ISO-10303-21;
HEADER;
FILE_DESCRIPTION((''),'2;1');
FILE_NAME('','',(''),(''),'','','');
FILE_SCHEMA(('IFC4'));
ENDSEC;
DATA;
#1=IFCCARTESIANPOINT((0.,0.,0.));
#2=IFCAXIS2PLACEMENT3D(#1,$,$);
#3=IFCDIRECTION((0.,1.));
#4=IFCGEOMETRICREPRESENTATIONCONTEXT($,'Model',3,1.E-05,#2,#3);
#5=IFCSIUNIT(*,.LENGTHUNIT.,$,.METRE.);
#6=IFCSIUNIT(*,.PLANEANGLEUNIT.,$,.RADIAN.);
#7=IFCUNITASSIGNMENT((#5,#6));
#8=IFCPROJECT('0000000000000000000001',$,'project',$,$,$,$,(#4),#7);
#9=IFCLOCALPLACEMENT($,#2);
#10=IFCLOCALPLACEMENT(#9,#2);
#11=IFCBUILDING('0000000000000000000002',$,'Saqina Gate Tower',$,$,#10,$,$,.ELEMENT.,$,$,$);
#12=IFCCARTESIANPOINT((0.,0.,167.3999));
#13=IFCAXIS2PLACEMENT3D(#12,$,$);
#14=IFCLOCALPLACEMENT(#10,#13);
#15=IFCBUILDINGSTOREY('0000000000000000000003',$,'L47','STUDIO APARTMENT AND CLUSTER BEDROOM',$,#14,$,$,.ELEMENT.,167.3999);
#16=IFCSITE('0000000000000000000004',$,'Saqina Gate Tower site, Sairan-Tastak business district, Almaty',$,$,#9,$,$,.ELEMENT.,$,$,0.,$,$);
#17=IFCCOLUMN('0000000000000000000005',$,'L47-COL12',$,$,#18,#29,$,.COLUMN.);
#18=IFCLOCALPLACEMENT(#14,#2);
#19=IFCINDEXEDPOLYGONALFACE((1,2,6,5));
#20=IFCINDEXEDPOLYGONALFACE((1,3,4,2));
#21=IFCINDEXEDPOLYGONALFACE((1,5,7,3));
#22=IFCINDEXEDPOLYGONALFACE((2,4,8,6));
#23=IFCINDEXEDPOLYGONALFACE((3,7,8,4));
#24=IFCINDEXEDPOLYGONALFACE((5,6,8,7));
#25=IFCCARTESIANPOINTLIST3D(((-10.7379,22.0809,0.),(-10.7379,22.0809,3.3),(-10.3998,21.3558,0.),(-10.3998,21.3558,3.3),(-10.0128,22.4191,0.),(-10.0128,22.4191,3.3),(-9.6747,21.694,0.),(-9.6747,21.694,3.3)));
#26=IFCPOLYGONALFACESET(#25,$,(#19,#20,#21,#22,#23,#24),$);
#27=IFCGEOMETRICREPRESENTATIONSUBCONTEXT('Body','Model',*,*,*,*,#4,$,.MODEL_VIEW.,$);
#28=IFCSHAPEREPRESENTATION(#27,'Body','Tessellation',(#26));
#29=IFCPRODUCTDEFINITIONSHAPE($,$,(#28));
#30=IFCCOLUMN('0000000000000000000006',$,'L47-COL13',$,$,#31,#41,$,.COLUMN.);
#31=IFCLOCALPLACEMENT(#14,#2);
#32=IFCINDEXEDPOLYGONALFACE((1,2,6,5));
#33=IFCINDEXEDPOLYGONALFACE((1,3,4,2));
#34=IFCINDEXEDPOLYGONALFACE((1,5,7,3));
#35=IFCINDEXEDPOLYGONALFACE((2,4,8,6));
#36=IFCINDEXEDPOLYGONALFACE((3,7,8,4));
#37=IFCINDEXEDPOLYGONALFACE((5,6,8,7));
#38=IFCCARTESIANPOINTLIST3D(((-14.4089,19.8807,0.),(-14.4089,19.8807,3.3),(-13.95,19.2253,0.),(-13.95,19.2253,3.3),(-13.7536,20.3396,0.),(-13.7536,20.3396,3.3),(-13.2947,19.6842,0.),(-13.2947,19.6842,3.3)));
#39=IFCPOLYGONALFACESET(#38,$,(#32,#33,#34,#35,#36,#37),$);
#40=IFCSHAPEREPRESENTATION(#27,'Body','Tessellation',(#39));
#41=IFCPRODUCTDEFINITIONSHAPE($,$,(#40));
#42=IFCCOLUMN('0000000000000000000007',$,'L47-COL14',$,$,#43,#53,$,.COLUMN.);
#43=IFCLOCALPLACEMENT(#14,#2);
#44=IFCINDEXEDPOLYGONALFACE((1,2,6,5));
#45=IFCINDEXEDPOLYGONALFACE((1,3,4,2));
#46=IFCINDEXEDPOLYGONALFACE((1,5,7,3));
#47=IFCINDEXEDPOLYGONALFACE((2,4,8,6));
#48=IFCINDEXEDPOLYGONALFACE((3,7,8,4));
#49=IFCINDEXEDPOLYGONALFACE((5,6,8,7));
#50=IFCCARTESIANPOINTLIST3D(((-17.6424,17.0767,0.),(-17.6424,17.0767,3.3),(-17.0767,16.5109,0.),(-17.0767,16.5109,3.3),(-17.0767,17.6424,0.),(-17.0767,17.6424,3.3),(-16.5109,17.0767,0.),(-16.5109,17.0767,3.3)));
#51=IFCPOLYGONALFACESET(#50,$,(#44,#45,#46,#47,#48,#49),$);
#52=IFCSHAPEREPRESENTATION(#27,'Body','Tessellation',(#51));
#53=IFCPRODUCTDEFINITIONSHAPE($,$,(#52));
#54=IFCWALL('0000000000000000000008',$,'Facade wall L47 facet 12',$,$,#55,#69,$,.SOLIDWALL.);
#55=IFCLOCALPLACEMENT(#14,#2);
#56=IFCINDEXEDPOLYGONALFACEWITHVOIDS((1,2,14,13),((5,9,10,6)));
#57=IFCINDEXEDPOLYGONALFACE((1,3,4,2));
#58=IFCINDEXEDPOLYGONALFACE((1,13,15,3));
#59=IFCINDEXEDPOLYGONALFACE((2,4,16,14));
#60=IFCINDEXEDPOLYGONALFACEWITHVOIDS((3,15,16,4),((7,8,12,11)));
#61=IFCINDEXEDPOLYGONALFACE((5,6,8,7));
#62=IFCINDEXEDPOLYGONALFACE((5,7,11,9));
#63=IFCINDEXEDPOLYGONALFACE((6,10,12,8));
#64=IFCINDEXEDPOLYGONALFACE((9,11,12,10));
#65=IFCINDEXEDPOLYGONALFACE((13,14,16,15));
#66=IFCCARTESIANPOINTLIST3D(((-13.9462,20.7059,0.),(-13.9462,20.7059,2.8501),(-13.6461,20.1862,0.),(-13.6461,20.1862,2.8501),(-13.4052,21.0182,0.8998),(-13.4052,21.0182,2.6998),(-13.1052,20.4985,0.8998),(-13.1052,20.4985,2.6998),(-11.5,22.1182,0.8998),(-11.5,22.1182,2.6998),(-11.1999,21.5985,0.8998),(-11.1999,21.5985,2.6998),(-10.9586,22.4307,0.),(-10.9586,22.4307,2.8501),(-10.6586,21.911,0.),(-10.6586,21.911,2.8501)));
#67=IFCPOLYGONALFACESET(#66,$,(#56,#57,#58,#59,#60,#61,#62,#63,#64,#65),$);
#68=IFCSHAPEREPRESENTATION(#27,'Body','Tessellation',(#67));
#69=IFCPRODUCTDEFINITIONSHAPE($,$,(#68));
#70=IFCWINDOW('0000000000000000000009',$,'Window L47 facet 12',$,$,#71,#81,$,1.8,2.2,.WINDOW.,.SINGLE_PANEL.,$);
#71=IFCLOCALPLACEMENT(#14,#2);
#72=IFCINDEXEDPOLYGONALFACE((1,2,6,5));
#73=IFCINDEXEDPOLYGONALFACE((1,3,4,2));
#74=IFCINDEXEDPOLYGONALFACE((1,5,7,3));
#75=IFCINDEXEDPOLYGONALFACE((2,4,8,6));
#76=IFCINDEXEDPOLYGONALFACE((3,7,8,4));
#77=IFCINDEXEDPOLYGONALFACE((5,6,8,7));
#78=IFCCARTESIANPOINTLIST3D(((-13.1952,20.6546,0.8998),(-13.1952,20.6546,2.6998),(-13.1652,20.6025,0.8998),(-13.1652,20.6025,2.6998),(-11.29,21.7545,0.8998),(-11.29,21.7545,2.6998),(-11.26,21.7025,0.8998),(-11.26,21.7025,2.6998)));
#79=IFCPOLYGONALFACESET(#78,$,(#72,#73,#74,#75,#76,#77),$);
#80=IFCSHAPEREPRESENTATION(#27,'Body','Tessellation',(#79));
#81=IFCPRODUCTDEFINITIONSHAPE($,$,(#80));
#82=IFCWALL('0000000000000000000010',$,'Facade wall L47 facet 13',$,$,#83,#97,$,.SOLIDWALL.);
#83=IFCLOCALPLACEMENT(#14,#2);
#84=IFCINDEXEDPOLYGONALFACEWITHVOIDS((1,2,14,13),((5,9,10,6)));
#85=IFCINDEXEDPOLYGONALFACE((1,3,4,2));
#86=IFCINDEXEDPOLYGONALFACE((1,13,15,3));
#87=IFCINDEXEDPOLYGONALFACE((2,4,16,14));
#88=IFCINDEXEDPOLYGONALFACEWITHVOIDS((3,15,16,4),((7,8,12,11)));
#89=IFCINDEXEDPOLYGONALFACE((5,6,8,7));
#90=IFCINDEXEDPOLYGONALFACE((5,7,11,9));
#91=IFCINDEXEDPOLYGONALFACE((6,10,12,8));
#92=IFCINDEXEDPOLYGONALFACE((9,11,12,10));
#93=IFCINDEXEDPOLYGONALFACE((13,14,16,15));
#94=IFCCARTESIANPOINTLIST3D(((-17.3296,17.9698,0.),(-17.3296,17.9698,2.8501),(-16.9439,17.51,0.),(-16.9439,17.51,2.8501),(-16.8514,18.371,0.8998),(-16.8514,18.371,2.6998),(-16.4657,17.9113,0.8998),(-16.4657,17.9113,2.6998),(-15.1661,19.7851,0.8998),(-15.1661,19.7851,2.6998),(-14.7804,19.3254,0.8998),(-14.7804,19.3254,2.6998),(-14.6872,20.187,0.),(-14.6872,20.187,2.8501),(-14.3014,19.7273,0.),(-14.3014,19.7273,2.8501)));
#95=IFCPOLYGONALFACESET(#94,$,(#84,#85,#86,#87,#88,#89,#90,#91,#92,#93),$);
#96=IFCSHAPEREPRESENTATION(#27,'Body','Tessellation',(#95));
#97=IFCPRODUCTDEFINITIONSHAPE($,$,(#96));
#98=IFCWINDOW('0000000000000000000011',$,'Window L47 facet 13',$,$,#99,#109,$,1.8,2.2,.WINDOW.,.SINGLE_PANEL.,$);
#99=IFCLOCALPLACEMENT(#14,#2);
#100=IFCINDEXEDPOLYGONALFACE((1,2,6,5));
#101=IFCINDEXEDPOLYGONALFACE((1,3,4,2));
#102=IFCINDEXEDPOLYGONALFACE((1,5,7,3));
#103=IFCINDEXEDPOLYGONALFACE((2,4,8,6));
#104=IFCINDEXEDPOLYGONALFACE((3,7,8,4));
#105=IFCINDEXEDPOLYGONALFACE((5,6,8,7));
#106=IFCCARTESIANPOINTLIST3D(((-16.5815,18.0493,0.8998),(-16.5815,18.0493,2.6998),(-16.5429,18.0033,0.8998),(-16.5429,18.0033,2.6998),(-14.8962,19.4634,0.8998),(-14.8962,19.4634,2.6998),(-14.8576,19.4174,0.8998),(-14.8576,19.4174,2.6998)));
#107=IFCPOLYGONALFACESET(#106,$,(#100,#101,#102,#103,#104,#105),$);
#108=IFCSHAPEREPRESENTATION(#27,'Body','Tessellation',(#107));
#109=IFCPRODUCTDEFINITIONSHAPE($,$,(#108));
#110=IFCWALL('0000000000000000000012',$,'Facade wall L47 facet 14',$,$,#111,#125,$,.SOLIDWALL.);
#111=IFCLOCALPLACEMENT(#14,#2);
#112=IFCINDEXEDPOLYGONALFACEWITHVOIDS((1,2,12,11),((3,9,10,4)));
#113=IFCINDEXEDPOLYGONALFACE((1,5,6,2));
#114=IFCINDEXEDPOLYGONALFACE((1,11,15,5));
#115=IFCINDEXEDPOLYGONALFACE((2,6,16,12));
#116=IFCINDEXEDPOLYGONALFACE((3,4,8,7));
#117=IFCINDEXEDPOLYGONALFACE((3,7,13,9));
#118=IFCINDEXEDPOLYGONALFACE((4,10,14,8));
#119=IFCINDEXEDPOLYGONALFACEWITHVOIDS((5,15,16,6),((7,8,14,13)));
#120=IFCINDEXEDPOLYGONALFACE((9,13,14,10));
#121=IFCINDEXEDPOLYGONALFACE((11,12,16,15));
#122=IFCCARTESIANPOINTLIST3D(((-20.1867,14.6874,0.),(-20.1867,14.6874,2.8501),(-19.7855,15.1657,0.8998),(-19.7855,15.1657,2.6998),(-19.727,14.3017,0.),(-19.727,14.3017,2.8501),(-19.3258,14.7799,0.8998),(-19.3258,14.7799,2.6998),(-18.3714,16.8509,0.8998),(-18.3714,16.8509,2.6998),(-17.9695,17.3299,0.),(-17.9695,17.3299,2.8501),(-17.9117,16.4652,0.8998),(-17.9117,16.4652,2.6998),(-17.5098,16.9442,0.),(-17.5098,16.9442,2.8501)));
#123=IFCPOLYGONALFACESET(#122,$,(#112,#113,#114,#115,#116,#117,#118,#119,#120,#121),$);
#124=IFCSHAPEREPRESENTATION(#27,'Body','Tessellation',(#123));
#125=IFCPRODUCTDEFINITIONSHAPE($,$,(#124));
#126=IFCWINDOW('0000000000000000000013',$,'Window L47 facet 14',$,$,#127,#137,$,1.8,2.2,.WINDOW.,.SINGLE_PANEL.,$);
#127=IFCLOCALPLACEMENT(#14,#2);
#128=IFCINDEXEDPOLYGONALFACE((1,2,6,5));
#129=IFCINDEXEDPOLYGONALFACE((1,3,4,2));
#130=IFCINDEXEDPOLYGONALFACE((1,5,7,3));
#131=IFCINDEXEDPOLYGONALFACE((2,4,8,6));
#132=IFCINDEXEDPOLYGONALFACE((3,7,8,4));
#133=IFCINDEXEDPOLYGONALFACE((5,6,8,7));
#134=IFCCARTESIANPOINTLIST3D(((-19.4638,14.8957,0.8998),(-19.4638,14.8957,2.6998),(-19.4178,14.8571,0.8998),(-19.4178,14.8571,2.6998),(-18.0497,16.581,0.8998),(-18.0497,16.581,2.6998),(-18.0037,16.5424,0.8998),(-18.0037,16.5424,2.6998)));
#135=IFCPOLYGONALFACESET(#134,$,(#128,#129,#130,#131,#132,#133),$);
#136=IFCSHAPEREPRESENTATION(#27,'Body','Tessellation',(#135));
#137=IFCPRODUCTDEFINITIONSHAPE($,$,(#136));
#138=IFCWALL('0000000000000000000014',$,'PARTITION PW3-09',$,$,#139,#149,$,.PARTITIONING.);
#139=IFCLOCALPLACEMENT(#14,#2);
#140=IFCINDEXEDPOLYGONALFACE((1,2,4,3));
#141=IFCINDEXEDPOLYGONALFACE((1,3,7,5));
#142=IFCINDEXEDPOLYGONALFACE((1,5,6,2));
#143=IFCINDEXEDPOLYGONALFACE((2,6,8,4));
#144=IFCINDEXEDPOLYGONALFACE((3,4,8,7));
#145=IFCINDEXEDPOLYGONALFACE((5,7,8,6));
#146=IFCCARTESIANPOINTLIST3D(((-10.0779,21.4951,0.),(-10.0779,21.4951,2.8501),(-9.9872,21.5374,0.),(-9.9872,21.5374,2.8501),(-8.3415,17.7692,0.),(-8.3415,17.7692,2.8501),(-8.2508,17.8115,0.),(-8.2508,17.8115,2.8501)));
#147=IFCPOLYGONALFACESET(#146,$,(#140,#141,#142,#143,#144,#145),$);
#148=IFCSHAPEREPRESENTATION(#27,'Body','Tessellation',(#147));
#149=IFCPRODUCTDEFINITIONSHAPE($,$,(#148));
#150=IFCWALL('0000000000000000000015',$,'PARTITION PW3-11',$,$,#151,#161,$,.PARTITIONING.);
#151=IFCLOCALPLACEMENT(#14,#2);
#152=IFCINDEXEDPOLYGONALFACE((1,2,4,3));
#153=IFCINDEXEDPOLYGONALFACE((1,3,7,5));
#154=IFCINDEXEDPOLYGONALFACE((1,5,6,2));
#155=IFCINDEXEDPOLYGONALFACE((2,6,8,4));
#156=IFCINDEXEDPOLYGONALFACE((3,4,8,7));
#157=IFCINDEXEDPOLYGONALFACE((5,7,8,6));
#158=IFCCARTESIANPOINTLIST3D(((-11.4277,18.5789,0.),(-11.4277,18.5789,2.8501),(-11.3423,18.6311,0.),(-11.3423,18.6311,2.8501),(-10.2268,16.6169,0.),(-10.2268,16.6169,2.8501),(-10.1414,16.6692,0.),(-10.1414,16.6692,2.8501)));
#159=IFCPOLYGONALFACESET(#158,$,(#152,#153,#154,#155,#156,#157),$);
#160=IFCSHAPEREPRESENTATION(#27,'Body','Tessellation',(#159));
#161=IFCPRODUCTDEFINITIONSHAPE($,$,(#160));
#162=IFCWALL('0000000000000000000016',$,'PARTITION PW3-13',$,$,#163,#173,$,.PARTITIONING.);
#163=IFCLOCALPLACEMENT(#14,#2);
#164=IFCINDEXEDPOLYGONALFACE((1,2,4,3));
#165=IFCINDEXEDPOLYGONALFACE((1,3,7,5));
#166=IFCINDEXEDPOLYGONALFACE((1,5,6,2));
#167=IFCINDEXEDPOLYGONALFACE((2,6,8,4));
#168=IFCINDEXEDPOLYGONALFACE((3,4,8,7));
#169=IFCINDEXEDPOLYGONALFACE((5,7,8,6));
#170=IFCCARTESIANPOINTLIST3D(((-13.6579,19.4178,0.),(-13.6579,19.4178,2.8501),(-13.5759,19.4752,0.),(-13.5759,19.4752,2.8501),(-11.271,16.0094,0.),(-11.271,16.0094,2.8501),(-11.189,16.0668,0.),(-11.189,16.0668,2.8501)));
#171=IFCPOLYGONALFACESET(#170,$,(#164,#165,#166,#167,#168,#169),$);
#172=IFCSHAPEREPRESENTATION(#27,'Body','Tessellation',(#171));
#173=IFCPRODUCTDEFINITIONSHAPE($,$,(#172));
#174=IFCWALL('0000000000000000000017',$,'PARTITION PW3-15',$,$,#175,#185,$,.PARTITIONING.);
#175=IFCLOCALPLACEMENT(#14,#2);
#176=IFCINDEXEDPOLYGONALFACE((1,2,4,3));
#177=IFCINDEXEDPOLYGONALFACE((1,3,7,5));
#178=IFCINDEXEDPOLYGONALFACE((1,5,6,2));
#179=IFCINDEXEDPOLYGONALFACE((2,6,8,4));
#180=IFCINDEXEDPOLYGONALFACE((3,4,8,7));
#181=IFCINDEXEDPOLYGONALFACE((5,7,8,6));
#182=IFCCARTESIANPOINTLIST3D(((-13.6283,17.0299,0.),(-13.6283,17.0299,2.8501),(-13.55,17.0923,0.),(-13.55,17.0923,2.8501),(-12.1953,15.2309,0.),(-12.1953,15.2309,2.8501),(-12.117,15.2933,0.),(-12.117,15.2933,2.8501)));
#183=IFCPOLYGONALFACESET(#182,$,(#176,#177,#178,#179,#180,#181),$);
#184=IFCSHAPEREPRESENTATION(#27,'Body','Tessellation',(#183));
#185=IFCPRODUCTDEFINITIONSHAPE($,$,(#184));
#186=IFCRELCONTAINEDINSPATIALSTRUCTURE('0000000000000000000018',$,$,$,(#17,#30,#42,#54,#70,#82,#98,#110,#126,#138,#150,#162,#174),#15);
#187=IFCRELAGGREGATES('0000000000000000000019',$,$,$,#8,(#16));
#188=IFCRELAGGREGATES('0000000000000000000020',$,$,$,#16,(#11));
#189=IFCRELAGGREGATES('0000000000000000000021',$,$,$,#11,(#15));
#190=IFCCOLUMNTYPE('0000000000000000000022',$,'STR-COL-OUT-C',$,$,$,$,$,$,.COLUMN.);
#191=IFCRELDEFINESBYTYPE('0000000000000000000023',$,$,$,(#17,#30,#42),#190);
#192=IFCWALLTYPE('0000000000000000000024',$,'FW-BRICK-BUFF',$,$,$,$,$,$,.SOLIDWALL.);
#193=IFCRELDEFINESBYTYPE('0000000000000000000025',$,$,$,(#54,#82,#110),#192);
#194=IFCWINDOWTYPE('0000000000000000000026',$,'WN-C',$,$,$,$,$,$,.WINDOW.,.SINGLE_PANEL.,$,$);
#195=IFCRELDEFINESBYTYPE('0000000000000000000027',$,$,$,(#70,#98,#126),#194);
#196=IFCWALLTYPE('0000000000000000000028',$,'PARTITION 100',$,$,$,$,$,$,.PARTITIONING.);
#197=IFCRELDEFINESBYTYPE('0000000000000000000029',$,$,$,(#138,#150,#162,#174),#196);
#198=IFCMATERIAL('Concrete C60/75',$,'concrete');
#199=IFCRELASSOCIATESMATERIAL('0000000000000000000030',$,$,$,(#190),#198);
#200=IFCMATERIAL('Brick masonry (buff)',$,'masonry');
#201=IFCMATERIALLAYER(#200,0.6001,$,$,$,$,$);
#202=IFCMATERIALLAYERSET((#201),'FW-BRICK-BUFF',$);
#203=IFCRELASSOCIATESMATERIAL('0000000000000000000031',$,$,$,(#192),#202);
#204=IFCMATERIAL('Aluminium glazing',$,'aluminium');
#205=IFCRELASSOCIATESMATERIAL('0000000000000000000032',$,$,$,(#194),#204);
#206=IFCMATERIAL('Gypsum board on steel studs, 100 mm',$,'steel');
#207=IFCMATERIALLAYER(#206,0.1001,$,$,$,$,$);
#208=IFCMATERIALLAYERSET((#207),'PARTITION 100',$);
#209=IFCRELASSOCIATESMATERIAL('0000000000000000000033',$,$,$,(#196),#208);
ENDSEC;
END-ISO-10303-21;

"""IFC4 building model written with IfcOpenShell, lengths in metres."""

from ifc_helpers import new_model, si_unit, direction, frame, frame_2d, origin, origin_2d, place, context, subcontext, project, spatial, rectangle, extrude, material, layer, layer_set, material_profile, profile_set, type_object, element, fill, save


model = new_model("IFC4")

# Units and contexts
model_context = context("Model", 3, precision=1e-05, world=origin(), true_north=direction((0.0, 1.0)))
body_context = subcontext(model_context, "Body", "Model", "MODEL_VIEW")
ifc_project = project(units=[si_unit("LENGTHUNIT", "METRE"), si_unit("PLANEANGLEUNIT", "RADIAN")], contexts=[model_context])

# Site, building, storey
site_placement = place(None, origin())
site = spatial("IfcSite", under=ifc_project, at=site_placement, Name="Saqina Gate Tower site, Sairan-Tastak business district, Almaty", CompositionType="ELEMENT", RefElevation=0.0)
building_placement = place(site_placement, origin())
building = spatial("IfcBuilding", under=site, at=building_placement, Name="Saqina Gate Tower", CompositionType="ELEMENT")
storey_placement = place(building_placement, frame((0.0, 0.0, 167.3999)))
storey = spatial("IfcBuildingStorey", under=building, at=storey_placement, Name="L47", Description="STUDIO APARTMENT AND CLUSTER BEDROOM", CompositionType="ELEMENT", Elevation=167.3999)

# Columns
ifc_material_1 = material(Name="Concrete C60/75", Category="concrete")
ifc_material_profile = material_profile(ifc_material_1, rectangle(XDim=0.8, YDim=0.8, at=origin_2d()), Name="RC 800x800")
ifc_profile_set = profile_set([ifc_material_profile], Name="Concrete C60/75")
column_type = type_object("IfcColumnType", Name="STR-COL-OUT-C", PredefinedType="COLUMN", material=ifc_profile_set)
for number, where, z_axis, x_axis, name in (
    (1, (-10.2063, 21.8875, 0.0), (0.0, 0.0, 1.0), (-0.422618, 0.906308, 0.0), "L47-COL12"),
    (2, (-13.8518, 19.7825, 0.0), (0.0, 0.0, 1.0), (-0.573576, 0.819152, 0.0), "L47-COL13"),
    (3, (-17.0767, 17.0767, 0.0), (0.0, 0.0, 1.0), (-0.707107, 0.707107, 0.0), "L47-COL14"),
):
    element("IfcColumn", number, at=place(storey_placement, frame(where, z_axis=z_axis, x_axis=x_axis)), inside=storey, type_object=column_type, Name=name, PredefinedType="COLUMN", context=body_context, shape_type="SweptSolid", body=[
        extrude(rectangle(XDim=0.8, YDim=0.8, at=origin_2d()), origin(), (0.0, 0.0, 1.0), 3.3),
    ])

# Walls, openings, windows
ifc_material_2 = material(Name="Brick masonry (buff)", Category="masonry")
ifc_layer_1 = layer(ifc_material_2, 0.6001)
ifc_layer_set_1 = layer_set([ifc_layer_1], Name="FW-BRICK-BUFF")
wall_type_1 = type_object("IfcWallType", Name="FW-BRICK-BUFF", PredefinedType="SOLIDWALL", material=ifc_layer_set_1)
wall_1_placement = place(storey_placement, frame((-10.8086, 22.1709, 0.0), z_axis=(0.0, 0.0, 1.0), x_axis=(-0.866026, -0.499998, 0.0)))
wall_1 = element("IfcWall", 4, at=wall_1_placement, inside=storey, type_object=wall_type_1, Name="Facade wall L47 facet 12", PredefinedType="SOLIDWALL", context=body_context, shape_type="SweptSolid", body=[
    extrude(rectangle(XDim=3.4497, YDim=0.6001, at=frame_2d((1.7249, 0.0))), origin(), (0.0, 0.0, 1.0), 2.8501),
])
opening_1_placement = place(wall_1_placement, frame((0.625, 0.0, 0.8999)))
opening_1 = element("IfcOpeningElement", 5, at=opening_1_placement, cuts=wall_1, PredefinedType="OPENING", context=body_context, shape_type="SweptSolid", body=[
    extrude(rectangle(XDim=2.2, YDim=1.8, at=frame_2d((1.1001, 0.8999))), frame((0.0, 0.312, 0.0), z_axis=(0.0, -1.0, 0.0), x_axis=(1.0, 0.0, 0.0)), (0.0, 0.0, 1.0), 0.624),
])
ifc_material_3 = material(Name="Aluminium glazing", Category="aluminium")
window_type = type_object("IfcWindowType", Name="WN-C", PartitioningType="SINGLE_PANEL", PredefinedType="WINDOW", material=ifc_material_3)
window_1_placement = place(opening_1_placement, origin())
window_1 = element("IfcWindow", 6, at=window_1_placement, inside=storey, type_object=window_type, Name="Window L47 facet 12", OverallHeight=1.8, OverallWidth=2.2, PartitioningType="SINGLE_PANEL", PredefinedType="WINDOW", context=body_context, shape_type="SweptSolid", body=[
    extrude(rectangle(XDim=2.2, YDim=1.8, at=frame_2d((1.1001, 0.8999))), frame((0.0, 0.1799, 0.0), z_axis=(0.0, -1.0, 0.0), x_axis=(1.0, 0.0, 0.0)), (0.0, 0.0, 1.0), 0.0601),
])
fill(opening_1, window_1)
wall_2_placement = place(storey_placement, frame((-14.4944, 19.957, 0.0), z_axis=(0.0, 0.0, 1.0), x_axis=(-0.766059, -0.64277, 0.0)))
wall_2 = element("IfcWall", 7, at=wall_2_placement, inside=storey, type_object=wall_type_1, Name="Facade wall L47 facet 13", PredefinedType="SOLIDWALL", context=body_context, shape_type="SweptSolid", body=[
    extrude(rectangle(XDim=3.4495, YDim=0.6001, at=frame_2d((1.7246, 0.0))), origin(), (0.0, 0.0, 1.0), 2.8501),
])
opening_2_placement = place(wall_2_placement, frame((0.625, 0.0, 0.8999)))
opening_2 = element("IfcOpeningElement", 8, at=opening_2_placement, cuts=wall_2, PredefinedType="OPENING", context=body_context, shape_type="SweptSolid", body=[
    extrude(rectangle(XDim=2.2, YDim=1.8, at=frame_2d((1.1001, 0.8999))), frame((0.0, 0.312, 0.0), z_axis=(0.0, -1.0, 0.0), x_axis=(1.0, 0.0, 0.0)), (0.0, 0.0, 1.0), 0.624),
])
window_2_placement = place(opening_2_placement, origin())
window_2 = element("IfcWindow", 9, at=window_2_placement, inside=storey, type_object=window_type, Name="Window L47 facet 13", OverallHeight=1.8, OverallWidth=2.2, PartitioningType="SINGLE_PANEL", PredefinedType="WINDOW", context=body_context, shape_type="SweptSolid", body=[
    extrude(rectangle(XDim=2.2, YDim=1.8, at=frame_2d((1.1001, 0.8999))), frame((0.0, 0.1799, 0.0), z_axis=(0.0, -1.0, 0.0), x_axis=(1.0, 0.0, 0.0)), (0.0, 0.0, 1.0), 0.0601),
])
fill(opening_2, window_2)
wall_3_placement = place(storey_placement, frame((-17.7397, 17.137, 0.0), z_axis=(0.0, 0.0, 1.0), x_axis=(-0.64277, -0.766059, 0.0)))
wall_3 = element("IfcWall", 10, at=wall_3_placement, inside=storey, type_object=wall_type_1, Name="Facade wall L47 facet 14", PredefinedType="SOLIDWALL", context=body_context, shape_type="SweptSolid", body=[
    extrude(rectangle(XDim=3.4495, YDim=0.6001, at=frame_2d((1.7246, 0.0))), origin(), (0.0, 0.0, 1.0), 2.8501),
])
opening_3_placement = place(wall_3_placement, frame((0.625, 0.0, 0.8999)))
opening_3 = element("IfcOpeningElement", 11, at=opening_3_placement, cuts=wall_3, PredefinedType="OPENING", context=body_context, shape_type="SweptSolid", body=[
    extrude(rectangle(XDim=2.2, YDim=1.8, at=frame_2d((1.1001, 0.8999))), frame((0.0, 0.312, 0.0), z_axis=(0.0, -1.0, 0.0), x_axis=(1.0, 0.0, 0.0)), (0.0, 0.0, 1.0), 0.624),
])
window_3_placement = place(opening_3_placement, origin())
window_3 = element("IfcWindow", 12, at=window_3_placement, inside=storey, type_object=window_type, Name="Window L47 facet 14", OverallHeight=1.8, OverallWidth=2.2, PartitioningType="SINGLE_PANEL", PredefinedType="WINDOW", context=body_context, shape_type="SweptSolid", body=[
    extrude(rectangle(XDim=2.2, YDim=1.8, at=frame_2d((1.1001, 0.8999))), frame((0.0, 0.1799, 0.0), z_axis=(0.0, -1.0, 0.0), x_axis=(1.0, 0.0, 0.0)), (0.0, 0.0, 1.0), 0.0601),
])
fill(opening_3, window_3)

# Walls
ifc_material_4 = material(Name="Gypsum board on steel studs, 100 mm", Category="steel")
ifc_layer_2 = layer(ifc_material_4, 0.1001)
ifc_layer_set_2 = layer_set([ifc_layer_2], Name="PARTITION 100")
wall_type_2 = type_object("IfcWallType", Name="PARTITION 100", PredefinedType="PARTITIONING", material=ifc_layer_set_2)
wall_4_placement = place(storey_placement, frame((-10.0325, 21.5161, 0.0), z_axis=(0.0, 0.0, 1.0), x_axis=(0.422407, -0.906406, 0.0)))
element("IfcWall", 13, at=wall_4_placement, inside=storey, type_object=wall_type_2, Name="PARTITION PW3-09", PredefinedType="PARTITIONING", context=body_context, shape_type="SweptSolid", body=[
    extrude(rectangle(XDim=4.1106, YDim=0.1001, at=frame_2d((2.0552, 0.0))), origin(), (0.0, 0.0, 1.0), 2.8501),
])
wall_5_placement = place(storey_placement, frame((-11.385, 18.605, 0.0), z_axis=(0.0, 0.0, 1.0), x_axis=(0.522077, -0.852899, 0.0)))
element("IfcWall", 14, at=wall_5_placement, inside=storey, type_object=wall_type_2, Name="PARTITION PW3-11", PredefinedType="PARTITIONING", context=body_context, shape_type="SweptSolid", body=[
    extrude(rectangle(XDim=2.3003, YDim=0.1001, at=frame_2d((1.1501, 0.0))), origin(), (0.0, 0.0, 1.0), 2.8501),
])
wall_6_placement = place(storey_placement, frame((-13.6169, 19.4465, 0.0), z_axis=(0.0, 0.0, 1.0), x_axis=(0.573632, -0.819113, 0.0)))
element("IfcWall", 15, at=wall_6_placement, inside=storey, type_object=wall_type_2, Name="PARTITION PW3-13", PredefinedType="PARTITIONING", context=body_context, shape_type="SweptSolid", body=[
    extrude(rectangle(XDim=4.1611, YDim=0.1001, at=frame_2d((2.0806, 0.0))), origin(), (0.0, 0.0, 1.0), 2.8501),
])
wall_7_placement = place(storey_placement, frame((-13.5891, 17.061, 0.0), z_axis=(0.0, 0.0, 1.0), x_axis=(0.623063, -0.782172, 0.0)))
element("IfcWall", 16, at=wall_7_placement, inside=storey, type_object=wall_type_2, Name="PARTITION PW3-15", PredefinedType="PARTITIONING", context=body_context, shape_type="SweptSolid", body=[
    extrude(rectangle(XDim=2.3, YDim=0.1001, at=frame_2d((1.1499, 0.0))), origin(), (0.0, 0.0, 1.0), 2.8501),
])

save(model, "model.ifc")
